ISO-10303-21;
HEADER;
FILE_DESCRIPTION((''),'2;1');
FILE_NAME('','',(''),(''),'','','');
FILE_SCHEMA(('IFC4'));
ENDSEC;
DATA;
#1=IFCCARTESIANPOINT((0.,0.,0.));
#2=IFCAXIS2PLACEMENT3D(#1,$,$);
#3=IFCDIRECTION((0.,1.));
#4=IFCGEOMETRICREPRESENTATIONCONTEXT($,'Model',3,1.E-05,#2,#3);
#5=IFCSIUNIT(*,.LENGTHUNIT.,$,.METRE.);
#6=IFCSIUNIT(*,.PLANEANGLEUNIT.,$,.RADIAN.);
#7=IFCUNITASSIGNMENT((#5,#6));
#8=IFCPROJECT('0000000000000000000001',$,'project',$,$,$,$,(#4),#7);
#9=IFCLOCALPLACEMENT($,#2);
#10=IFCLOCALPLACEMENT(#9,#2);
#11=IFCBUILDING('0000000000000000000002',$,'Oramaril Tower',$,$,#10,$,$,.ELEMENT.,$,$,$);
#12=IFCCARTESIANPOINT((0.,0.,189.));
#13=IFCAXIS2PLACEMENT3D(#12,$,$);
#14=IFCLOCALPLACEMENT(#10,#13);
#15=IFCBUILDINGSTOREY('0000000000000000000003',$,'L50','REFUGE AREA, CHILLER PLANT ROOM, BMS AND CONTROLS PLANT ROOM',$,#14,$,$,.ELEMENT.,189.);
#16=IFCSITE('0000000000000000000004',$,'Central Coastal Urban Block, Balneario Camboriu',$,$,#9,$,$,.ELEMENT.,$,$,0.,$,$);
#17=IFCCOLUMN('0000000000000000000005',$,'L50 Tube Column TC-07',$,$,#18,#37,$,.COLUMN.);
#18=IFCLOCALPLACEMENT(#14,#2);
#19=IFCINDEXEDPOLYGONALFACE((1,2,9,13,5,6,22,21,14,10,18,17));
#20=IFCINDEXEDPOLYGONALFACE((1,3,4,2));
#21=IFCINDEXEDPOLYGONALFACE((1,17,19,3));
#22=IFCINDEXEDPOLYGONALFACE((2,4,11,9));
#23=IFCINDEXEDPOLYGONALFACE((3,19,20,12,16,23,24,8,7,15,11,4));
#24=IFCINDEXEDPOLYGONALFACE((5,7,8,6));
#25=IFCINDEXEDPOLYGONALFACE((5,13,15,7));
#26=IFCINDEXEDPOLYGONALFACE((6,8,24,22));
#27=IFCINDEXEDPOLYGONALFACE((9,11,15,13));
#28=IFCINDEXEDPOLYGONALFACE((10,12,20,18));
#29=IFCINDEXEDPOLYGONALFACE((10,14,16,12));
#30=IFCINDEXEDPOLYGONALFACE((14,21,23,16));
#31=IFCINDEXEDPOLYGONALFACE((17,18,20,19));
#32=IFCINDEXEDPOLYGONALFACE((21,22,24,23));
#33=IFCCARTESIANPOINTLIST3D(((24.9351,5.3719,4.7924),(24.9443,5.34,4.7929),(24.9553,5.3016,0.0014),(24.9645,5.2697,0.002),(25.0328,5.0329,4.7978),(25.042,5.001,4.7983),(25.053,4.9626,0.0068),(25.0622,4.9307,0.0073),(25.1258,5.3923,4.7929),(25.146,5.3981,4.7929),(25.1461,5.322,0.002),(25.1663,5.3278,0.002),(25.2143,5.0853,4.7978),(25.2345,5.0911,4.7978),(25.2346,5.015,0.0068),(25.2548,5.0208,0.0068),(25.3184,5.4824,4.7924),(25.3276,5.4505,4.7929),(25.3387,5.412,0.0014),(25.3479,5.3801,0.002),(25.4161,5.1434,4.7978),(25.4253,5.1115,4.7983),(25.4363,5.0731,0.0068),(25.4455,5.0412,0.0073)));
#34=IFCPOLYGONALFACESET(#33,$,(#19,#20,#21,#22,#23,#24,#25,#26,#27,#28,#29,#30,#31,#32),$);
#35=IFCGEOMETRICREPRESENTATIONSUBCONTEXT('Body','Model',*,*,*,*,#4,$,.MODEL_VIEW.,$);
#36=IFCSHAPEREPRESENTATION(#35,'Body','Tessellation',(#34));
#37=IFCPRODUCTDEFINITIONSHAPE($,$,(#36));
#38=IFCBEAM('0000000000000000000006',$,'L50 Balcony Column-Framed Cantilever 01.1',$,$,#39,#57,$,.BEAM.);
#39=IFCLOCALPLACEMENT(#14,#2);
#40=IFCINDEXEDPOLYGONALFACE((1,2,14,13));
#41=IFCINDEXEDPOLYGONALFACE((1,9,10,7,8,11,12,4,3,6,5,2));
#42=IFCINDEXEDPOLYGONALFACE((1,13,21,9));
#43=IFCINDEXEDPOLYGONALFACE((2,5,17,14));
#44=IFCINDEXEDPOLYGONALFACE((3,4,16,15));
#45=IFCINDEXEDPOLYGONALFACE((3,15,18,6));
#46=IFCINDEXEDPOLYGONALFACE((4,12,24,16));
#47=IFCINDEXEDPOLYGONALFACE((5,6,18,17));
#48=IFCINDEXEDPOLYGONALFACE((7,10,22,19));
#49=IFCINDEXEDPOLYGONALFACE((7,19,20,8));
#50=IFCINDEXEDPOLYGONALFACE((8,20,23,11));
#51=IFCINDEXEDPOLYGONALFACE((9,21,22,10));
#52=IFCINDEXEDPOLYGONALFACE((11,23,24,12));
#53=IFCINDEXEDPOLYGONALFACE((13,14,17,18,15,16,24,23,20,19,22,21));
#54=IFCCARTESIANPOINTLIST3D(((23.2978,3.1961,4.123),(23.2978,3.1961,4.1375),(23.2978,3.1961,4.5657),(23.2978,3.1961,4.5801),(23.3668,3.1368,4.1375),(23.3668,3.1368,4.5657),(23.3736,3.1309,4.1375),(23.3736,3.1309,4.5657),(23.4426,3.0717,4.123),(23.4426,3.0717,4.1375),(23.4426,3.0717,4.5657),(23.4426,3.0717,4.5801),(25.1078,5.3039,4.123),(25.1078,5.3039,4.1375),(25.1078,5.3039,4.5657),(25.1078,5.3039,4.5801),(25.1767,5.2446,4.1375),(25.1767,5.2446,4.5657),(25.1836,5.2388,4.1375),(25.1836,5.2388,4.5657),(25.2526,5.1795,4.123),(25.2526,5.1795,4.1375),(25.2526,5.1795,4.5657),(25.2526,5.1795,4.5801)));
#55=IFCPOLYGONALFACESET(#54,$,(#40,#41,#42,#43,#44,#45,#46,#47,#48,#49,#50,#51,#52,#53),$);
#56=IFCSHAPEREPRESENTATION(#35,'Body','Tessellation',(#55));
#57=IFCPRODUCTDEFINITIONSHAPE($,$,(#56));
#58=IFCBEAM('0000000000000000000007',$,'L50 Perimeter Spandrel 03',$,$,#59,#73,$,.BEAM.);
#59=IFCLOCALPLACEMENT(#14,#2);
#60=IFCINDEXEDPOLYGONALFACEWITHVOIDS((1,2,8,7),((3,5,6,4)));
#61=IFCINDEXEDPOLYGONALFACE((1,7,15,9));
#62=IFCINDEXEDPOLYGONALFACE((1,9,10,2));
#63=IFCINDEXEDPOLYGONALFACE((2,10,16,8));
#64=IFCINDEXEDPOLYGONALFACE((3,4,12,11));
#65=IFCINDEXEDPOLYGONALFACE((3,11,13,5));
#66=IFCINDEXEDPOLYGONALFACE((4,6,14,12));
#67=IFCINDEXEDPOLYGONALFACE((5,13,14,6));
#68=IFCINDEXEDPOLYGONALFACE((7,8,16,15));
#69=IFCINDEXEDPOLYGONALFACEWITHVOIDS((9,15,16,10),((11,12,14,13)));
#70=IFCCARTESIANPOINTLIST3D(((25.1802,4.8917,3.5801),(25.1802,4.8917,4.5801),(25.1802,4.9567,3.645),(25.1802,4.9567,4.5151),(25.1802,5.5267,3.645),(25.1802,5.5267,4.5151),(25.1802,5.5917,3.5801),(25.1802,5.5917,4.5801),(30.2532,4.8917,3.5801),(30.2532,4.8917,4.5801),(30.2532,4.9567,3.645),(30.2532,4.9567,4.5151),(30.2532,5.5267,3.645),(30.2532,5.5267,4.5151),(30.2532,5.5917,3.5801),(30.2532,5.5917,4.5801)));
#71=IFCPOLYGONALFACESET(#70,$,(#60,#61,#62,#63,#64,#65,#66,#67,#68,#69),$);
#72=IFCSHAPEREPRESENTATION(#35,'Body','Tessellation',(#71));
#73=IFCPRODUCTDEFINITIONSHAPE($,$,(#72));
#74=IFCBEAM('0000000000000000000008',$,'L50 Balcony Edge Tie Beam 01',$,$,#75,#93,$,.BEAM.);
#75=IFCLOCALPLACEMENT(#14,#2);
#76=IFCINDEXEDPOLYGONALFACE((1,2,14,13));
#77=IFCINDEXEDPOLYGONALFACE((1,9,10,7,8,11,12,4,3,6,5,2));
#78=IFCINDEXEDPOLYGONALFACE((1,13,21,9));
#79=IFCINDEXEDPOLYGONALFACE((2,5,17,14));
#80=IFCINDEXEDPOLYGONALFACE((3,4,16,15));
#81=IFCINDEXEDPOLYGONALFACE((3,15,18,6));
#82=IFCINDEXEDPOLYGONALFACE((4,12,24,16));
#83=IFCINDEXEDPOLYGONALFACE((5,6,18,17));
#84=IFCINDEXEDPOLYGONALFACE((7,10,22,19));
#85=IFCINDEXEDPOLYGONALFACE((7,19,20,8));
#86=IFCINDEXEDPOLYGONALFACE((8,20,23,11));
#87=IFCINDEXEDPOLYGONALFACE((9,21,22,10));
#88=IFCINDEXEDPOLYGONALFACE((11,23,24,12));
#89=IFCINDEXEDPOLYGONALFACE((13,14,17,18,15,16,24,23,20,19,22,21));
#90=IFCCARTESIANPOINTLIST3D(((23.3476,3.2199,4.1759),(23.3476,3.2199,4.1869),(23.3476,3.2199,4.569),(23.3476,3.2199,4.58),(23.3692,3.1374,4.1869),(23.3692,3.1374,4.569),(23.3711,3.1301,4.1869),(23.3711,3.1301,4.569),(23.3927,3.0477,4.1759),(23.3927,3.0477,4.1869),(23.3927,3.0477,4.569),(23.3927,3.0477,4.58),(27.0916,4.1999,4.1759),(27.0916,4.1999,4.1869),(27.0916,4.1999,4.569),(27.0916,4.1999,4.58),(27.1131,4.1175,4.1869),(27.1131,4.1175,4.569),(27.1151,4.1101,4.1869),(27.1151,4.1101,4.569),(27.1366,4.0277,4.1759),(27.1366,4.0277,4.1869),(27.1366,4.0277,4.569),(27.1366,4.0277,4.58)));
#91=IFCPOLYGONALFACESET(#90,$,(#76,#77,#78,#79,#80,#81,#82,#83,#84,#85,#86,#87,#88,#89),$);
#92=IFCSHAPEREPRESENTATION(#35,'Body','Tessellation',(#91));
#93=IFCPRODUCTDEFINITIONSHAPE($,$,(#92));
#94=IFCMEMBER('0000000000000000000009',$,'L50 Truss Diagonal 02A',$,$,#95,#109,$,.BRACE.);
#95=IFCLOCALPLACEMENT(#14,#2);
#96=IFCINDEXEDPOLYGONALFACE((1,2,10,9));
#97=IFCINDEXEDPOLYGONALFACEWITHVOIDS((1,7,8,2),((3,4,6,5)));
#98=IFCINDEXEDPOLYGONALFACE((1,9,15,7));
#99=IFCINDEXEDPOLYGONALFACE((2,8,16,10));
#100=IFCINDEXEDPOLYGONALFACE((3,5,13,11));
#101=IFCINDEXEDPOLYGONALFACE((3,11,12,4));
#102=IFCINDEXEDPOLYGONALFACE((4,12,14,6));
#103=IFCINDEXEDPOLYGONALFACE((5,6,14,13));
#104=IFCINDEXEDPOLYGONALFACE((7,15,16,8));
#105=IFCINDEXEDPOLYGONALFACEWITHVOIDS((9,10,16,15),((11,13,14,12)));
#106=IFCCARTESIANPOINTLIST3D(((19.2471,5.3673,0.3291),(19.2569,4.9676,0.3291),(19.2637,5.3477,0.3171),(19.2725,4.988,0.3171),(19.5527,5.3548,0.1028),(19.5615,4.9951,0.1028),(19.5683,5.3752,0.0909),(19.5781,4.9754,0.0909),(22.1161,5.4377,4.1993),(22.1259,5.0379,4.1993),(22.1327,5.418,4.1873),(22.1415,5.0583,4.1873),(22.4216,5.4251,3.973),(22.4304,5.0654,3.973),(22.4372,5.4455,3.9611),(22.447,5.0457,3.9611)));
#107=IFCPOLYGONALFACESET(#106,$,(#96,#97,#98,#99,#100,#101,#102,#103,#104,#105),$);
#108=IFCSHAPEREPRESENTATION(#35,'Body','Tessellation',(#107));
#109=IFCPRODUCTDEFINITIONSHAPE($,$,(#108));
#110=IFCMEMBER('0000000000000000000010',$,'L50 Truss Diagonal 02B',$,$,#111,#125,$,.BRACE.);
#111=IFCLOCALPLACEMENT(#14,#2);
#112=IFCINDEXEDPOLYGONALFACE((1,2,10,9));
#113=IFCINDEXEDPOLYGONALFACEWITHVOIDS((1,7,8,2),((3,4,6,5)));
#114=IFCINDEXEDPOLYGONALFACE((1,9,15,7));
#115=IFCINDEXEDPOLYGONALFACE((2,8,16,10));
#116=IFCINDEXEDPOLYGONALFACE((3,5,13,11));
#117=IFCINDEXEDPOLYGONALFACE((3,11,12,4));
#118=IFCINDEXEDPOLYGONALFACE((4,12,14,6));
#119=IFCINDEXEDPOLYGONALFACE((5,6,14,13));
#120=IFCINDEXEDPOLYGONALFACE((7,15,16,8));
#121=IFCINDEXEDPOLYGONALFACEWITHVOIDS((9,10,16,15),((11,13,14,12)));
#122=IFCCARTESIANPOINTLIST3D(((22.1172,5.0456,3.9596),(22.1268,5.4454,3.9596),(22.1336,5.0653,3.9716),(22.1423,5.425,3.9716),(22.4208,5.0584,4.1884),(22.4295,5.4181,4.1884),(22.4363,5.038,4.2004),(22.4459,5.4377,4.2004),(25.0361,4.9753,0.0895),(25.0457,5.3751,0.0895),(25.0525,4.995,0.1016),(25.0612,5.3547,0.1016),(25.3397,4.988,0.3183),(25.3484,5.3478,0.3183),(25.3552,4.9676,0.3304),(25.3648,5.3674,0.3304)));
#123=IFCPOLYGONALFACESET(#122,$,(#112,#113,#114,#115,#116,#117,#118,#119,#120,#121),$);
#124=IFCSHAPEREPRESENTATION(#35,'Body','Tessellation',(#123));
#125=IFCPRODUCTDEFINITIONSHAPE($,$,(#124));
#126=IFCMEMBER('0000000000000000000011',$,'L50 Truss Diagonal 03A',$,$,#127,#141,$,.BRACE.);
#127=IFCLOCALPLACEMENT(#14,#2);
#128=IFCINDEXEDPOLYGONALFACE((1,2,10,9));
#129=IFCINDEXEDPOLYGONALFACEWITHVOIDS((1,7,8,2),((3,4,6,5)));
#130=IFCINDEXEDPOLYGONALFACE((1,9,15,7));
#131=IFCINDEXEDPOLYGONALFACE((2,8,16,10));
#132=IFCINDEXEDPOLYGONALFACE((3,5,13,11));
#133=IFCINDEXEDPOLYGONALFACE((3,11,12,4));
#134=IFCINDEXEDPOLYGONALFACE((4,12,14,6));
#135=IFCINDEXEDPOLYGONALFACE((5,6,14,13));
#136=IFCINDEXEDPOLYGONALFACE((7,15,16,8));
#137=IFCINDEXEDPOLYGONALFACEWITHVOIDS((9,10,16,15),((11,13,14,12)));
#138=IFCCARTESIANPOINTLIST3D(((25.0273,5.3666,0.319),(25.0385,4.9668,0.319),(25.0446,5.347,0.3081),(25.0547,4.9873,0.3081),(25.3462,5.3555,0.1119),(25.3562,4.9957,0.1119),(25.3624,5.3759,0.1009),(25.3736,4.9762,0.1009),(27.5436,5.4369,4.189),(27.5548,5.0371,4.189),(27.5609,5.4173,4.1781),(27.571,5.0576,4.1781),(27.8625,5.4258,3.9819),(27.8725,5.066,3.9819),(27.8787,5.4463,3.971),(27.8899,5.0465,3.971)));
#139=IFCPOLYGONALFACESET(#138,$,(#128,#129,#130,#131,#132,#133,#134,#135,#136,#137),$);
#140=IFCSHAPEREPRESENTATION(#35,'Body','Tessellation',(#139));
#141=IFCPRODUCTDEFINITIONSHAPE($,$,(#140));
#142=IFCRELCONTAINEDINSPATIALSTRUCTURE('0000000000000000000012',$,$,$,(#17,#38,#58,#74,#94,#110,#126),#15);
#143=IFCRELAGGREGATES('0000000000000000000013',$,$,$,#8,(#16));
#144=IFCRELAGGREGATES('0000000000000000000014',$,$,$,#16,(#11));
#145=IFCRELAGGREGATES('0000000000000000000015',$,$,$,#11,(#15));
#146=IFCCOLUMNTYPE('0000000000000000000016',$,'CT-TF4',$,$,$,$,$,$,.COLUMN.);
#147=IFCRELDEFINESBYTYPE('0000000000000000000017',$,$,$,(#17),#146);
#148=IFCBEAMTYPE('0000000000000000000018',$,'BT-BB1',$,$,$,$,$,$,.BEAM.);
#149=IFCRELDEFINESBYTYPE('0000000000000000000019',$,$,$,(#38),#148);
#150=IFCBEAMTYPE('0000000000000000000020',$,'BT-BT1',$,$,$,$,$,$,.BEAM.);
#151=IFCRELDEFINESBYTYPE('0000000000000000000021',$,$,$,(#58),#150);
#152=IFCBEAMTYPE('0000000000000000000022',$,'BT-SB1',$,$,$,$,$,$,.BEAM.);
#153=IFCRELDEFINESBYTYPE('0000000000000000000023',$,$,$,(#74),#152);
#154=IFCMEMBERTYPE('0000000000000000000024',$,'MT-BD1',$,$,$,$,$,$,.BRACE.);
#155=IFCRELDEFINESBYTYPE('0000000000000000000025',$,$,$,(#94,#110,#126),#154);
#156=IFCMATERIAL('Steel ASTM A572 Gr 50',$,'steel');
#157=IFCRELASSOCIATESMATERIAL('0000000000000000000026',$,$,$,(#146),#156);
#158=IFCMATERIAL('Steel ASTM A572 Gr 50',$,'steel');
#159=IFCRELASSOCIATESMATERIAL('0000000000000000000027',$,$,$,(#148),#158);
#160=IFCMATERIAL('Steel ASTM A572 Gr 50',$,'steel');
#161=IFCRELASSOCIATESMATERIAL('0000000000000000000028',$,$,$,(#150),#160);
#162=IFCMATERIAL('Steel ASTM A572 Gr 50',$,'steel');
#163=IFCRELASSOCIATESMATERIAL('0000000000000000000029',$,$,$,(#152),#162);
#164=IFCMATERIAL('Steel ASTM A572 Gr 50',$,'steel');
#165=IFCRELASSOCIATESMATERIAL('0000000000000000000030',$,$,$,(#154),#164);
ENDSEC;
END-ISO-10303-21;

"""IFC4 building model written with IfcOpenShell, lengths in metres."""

from ifc_helpers import new_model, si_unit, direction, frame, origin, origin_2d, place, context, subcontext, project, spatial, hollow_rectangle, i_section, extrude, material, material_profile, profile_set, type_object, element, save


model = new_model("IFC4")

# Units and contexts
model_context = context("Model", 3, precision=1e-05, world=origin(), true_north=direction((0.0, 1.0)))
body_context = subcontext(model_context, "Body", "Model", "MODEL_VIEW")
ifc_project = project(units=[si_unit("LENGTHUNIT", "METRE"), si_unit("PLANEANGLEUNIT", "RADIAN")], contexts=[model_context])

# Site, building, storey
site_placement = place(None, origin())
site = spatial("IfcSite", under=ifc_project, at=site_placement, Name="Central Coastal Urban Block, Balneario Camboriu", CompositionType="ELEMENT", RefElevation=0.0)
building_placement = place(site_placement, origin())
building = spatial("IfcBuilding", under=site, at=building_placement, Name="Oramaril Tower", CompositionType="ELEMENT")
storey_placement = place(building_placement, frame((0.0, 0.0, 189.0)))
storey = spatial("IfcBuildingStorey", under=building, at=storey_placement, Name="L50", Description="REFUGE AREA, CHILLER PLANT ROOM, BMS AND CONTROLS PLANT ROOM", CompositionType="ELEMENT", Elevation=189.0)

# Column
ifc_material_1 = material(Name="Steel ASTM A572 Gr 50", Category="steel")
ifc_material_profile_1 = material_profile(ifc_material_1, i_section(OverallWidth=0.3989, OverallDepth=0.386, WebThickness=0.021, FlangeThickness=0.0332, at=origin_2d()), Name="W14X176")
ifc_profile_set_1 = profile_set([ifc_material_profile_1], Name="Steel ASTM A572 Gr 50")
column_type = type_object("IfcColumnType", Name="CT-TF4", PredefinedType="COLUMN", material=ifc_profile_set_1)
column_placement = place(storey_placement, frame((25.2004, 5.1714, 0.0044), z_axis=(-0.004229, 0.014674, 0.999883), x_axis=(-0.960892, -0.276924, 0.0)))
element("IfcColumn", 1, at=column_placement, inside=storey, type_object=column_type, Name="L50 Tube Column TC-07", PredefinedType="COLUMN", context=body_context, shape_type="SweptSolid", body=[
    extrude(i_section(OverallWidth=0.3989, OverallDepth=0.386, WebThickness=0.021, FlangeThickness=0.0332, at=origin_2d()), origin(), (0.0, 0.0, 1.0), 4.7915),
])

# Beams
ifc_material_2 = material(Name="Steel ASTM A572 Gr 50", Category="steel")
ifc_material_profile_2 = material_profile(ifc_material_2, i_section(OverallWidth=0.1909, OverallDepth=0.457, WebThickness=0.009, FlangeThickness=0.0144, at=origin_2d()), Name="W18X50")
ifc_profile_set_2 = profile_set([ifc_material_profile_2], Name="Steel ASTM A572 Gr 50")
beam_type_1 = type_object("IfcBeamType", Name="BT-BB1", PredefinedType="BEAM", material=ifc_profile_set_2)
beam_1_placement = place(storey_placement, frame((25.1802, 5.2417, 4.3516), z_axis=(-0.651471, -0.758673, 0.0), x_axis=(0.758673, -0.651471, 0.0)))
element("IfcBeam", 2, at=beam_1_placement, inside=storey, type_object=beam_type_1, Name="L50 Balcony Column-Framed Cantilever 01.1", PredefinedType="BEAM", context=body_context, shape_type="SweptSolid", body=[
    extrude(i_section(OverallWidth=0.1909, OverallDepth=0.457, WebThickness=0.009, FlangeThickness=0.0144, at=origin_2d()), origin(), (0.0, 0.0, 1.0), 2.7783),
])
ifc_material_3 = material(Name="Steel ASTM A572 Gr 50", Category="steel")
ifc_material_profile_3 = material_profile(ifc_material_3, hollow_rectangle(XDim=0.7, YDim=1.0, WallThickness=0.0649, at=origin_2d()), Name="BOX1000X700X65")
ifc_profile_set_3 = profile_set([ifc_material_profile_3], Name="Steel ASTM A572 Gr 50")
beam_type_2 = type_object("IfcBeamType", Name="BT-BT1", PredefinedType="BEAM", material=ifc_profile_set_3)
beam_2_placement = place(storey_placement, frame((25.1802, 5.2417, 4.0801), z_axis=(1.0, 0.0, 0.0), x_axis=(0.0, 1.0, 0.0)))
element("IfcBeam", 3, at=beam_2_placement, inside=storey, type_object=beam_type_2, Name="L50 Perimeter Spandrel 03", PredefinedType="BEAM", context=body_context, shape_type="SweptSolid", body=[
    extrude(hollow_rectangle(XDim=0.7, YDim=1.0, WallThickness=0.0649, at=origin_2d()), origin(), (0.0, 0.0, 1.0), 5.073),
])
ifc_material_4 = material(Name="Steel ASTM A572 Gr 50", Category="steel")
ifc_material_profile_4 = material_profile(ifc_material_4, i_section(OverallWidth=0.178, OverallDepth=0.4041, WebThickness=0.0076, FlangeThickness=0.011, at=origin_2d()), Name="W16X36")
ifc_profile_set_4 = profile_set([ifc_material_profile_4], Name="Steel ASTM A572 Gr 50")
beam_type_3 = type_object("IfcBeamType", Name="BT-SB1", PredefinedType="BEAM", material=ifc_profile_set_4)
beam_3_placement = place(storey_placement, frame((23.3701, 3.1338, 4.3779), z_axis=(0.967408, 0.253223, 0.0), x_axis=(-0.253223, 0.967408, 0.0)))
element("IfcBeam", 4, at=beam_3_placement, inside=storey, type_object=beam_type_3, Name="L50 Balcony Edge Tie Beam 01", PredefinedType="BEAM", context=body_context, shape_type="SweptSolid", body=[
    extrude(i_section(OverallWidth=0.178, OverallDepth=0.4041, WebThickness=0.0076, FlangeThickness=0.011, at=origin_2d()), origin(), (0.0, 0.0, 1.0), 3.8701),
])

# Members
ifc_material_5 = material(Name="Steel ASTM A572 Gr 50", Category="steel")
ifc_material_profile_5 = material_profile(ifc_material_5, hollow_rectangle(XDim=0.3999, YDim=0.3999, WallThickness=0.02, at=origin_2d()), Name="HSS400X400X20")
ifc_profile_set_5 = profile_set([ifc_material_profile_5], Name="Steel ASTM A572 Gr 50")
member_type_1 = type_object("IfcMemberType", Name="MT-BD1", PredefinedType="BRACE", material=ifc_profile_set_5)
member_1_placement = place(storey_placement, frame((19.4126, 5.1714, 0.21), z_axis=(0.595451, 0.014594, 0.803259), x_axis=(-0.024501, 0.9997, 0.0)))
element("IfcMember", 5, at=member_1_placement, inside=storey, type_object=member_type_1, Name="L50 Truss Diagonal 02A", PredefinedType="BRACE", context=body_context, shape_type="SweptSolid", body=[
    extrude(hollow_rectangle(XDim=0.3999, YDim=0.3999, WallThickness=0.02, at=origin_2d()), origin(), (0.0, 0.0, 1.0), 4.8181),
])
member_2_placement = place(storey_placement, frame((25.2004, 5.1714, 0.21), z_axis=(-0.602094, 0.014503, 0.798293), x_axis=(-0.024081, -0.99971, 0.0)))
element("IfcMember", 6, at=member_2_placement, inside=storey, type_object=member_type_1, Name="L50 Truss Diagonal 02B", PredefinedType="BRACE", context=body_context, shape_type="SweptSolid", body=[
    extrude(hollow_rectangle(XDim=0.3999, YDim=0.3999, WallThickness=0.02, at=origin_2d()), origin(), (0.0, 0.0, 1.0), 4.8479),
])
member_3_placement = place(storey_placement, frame((25.2004, 5.1714, 0.21), z_axis=(0.545044, 0.01523, 0.838269), x_axis=(-0.027931, 0.99961, 0.0)))
element("IfcMember", 7, at=member_3_placement, inside=storey, type_object=member_type_1, Name="L50 Truss Diagonal 03A", PredefinedType="BRACE", context=body_context, shape_type="SweptSolid", body=[
    extrude(hollow_rectangle(XDim=0.3999, YDim=0.3999, WallThickness=0.02, at=origin_2d()), origin(), (0.0, 0.0, 1.0), 4.6167),
])

save(model, "model.ifc")
